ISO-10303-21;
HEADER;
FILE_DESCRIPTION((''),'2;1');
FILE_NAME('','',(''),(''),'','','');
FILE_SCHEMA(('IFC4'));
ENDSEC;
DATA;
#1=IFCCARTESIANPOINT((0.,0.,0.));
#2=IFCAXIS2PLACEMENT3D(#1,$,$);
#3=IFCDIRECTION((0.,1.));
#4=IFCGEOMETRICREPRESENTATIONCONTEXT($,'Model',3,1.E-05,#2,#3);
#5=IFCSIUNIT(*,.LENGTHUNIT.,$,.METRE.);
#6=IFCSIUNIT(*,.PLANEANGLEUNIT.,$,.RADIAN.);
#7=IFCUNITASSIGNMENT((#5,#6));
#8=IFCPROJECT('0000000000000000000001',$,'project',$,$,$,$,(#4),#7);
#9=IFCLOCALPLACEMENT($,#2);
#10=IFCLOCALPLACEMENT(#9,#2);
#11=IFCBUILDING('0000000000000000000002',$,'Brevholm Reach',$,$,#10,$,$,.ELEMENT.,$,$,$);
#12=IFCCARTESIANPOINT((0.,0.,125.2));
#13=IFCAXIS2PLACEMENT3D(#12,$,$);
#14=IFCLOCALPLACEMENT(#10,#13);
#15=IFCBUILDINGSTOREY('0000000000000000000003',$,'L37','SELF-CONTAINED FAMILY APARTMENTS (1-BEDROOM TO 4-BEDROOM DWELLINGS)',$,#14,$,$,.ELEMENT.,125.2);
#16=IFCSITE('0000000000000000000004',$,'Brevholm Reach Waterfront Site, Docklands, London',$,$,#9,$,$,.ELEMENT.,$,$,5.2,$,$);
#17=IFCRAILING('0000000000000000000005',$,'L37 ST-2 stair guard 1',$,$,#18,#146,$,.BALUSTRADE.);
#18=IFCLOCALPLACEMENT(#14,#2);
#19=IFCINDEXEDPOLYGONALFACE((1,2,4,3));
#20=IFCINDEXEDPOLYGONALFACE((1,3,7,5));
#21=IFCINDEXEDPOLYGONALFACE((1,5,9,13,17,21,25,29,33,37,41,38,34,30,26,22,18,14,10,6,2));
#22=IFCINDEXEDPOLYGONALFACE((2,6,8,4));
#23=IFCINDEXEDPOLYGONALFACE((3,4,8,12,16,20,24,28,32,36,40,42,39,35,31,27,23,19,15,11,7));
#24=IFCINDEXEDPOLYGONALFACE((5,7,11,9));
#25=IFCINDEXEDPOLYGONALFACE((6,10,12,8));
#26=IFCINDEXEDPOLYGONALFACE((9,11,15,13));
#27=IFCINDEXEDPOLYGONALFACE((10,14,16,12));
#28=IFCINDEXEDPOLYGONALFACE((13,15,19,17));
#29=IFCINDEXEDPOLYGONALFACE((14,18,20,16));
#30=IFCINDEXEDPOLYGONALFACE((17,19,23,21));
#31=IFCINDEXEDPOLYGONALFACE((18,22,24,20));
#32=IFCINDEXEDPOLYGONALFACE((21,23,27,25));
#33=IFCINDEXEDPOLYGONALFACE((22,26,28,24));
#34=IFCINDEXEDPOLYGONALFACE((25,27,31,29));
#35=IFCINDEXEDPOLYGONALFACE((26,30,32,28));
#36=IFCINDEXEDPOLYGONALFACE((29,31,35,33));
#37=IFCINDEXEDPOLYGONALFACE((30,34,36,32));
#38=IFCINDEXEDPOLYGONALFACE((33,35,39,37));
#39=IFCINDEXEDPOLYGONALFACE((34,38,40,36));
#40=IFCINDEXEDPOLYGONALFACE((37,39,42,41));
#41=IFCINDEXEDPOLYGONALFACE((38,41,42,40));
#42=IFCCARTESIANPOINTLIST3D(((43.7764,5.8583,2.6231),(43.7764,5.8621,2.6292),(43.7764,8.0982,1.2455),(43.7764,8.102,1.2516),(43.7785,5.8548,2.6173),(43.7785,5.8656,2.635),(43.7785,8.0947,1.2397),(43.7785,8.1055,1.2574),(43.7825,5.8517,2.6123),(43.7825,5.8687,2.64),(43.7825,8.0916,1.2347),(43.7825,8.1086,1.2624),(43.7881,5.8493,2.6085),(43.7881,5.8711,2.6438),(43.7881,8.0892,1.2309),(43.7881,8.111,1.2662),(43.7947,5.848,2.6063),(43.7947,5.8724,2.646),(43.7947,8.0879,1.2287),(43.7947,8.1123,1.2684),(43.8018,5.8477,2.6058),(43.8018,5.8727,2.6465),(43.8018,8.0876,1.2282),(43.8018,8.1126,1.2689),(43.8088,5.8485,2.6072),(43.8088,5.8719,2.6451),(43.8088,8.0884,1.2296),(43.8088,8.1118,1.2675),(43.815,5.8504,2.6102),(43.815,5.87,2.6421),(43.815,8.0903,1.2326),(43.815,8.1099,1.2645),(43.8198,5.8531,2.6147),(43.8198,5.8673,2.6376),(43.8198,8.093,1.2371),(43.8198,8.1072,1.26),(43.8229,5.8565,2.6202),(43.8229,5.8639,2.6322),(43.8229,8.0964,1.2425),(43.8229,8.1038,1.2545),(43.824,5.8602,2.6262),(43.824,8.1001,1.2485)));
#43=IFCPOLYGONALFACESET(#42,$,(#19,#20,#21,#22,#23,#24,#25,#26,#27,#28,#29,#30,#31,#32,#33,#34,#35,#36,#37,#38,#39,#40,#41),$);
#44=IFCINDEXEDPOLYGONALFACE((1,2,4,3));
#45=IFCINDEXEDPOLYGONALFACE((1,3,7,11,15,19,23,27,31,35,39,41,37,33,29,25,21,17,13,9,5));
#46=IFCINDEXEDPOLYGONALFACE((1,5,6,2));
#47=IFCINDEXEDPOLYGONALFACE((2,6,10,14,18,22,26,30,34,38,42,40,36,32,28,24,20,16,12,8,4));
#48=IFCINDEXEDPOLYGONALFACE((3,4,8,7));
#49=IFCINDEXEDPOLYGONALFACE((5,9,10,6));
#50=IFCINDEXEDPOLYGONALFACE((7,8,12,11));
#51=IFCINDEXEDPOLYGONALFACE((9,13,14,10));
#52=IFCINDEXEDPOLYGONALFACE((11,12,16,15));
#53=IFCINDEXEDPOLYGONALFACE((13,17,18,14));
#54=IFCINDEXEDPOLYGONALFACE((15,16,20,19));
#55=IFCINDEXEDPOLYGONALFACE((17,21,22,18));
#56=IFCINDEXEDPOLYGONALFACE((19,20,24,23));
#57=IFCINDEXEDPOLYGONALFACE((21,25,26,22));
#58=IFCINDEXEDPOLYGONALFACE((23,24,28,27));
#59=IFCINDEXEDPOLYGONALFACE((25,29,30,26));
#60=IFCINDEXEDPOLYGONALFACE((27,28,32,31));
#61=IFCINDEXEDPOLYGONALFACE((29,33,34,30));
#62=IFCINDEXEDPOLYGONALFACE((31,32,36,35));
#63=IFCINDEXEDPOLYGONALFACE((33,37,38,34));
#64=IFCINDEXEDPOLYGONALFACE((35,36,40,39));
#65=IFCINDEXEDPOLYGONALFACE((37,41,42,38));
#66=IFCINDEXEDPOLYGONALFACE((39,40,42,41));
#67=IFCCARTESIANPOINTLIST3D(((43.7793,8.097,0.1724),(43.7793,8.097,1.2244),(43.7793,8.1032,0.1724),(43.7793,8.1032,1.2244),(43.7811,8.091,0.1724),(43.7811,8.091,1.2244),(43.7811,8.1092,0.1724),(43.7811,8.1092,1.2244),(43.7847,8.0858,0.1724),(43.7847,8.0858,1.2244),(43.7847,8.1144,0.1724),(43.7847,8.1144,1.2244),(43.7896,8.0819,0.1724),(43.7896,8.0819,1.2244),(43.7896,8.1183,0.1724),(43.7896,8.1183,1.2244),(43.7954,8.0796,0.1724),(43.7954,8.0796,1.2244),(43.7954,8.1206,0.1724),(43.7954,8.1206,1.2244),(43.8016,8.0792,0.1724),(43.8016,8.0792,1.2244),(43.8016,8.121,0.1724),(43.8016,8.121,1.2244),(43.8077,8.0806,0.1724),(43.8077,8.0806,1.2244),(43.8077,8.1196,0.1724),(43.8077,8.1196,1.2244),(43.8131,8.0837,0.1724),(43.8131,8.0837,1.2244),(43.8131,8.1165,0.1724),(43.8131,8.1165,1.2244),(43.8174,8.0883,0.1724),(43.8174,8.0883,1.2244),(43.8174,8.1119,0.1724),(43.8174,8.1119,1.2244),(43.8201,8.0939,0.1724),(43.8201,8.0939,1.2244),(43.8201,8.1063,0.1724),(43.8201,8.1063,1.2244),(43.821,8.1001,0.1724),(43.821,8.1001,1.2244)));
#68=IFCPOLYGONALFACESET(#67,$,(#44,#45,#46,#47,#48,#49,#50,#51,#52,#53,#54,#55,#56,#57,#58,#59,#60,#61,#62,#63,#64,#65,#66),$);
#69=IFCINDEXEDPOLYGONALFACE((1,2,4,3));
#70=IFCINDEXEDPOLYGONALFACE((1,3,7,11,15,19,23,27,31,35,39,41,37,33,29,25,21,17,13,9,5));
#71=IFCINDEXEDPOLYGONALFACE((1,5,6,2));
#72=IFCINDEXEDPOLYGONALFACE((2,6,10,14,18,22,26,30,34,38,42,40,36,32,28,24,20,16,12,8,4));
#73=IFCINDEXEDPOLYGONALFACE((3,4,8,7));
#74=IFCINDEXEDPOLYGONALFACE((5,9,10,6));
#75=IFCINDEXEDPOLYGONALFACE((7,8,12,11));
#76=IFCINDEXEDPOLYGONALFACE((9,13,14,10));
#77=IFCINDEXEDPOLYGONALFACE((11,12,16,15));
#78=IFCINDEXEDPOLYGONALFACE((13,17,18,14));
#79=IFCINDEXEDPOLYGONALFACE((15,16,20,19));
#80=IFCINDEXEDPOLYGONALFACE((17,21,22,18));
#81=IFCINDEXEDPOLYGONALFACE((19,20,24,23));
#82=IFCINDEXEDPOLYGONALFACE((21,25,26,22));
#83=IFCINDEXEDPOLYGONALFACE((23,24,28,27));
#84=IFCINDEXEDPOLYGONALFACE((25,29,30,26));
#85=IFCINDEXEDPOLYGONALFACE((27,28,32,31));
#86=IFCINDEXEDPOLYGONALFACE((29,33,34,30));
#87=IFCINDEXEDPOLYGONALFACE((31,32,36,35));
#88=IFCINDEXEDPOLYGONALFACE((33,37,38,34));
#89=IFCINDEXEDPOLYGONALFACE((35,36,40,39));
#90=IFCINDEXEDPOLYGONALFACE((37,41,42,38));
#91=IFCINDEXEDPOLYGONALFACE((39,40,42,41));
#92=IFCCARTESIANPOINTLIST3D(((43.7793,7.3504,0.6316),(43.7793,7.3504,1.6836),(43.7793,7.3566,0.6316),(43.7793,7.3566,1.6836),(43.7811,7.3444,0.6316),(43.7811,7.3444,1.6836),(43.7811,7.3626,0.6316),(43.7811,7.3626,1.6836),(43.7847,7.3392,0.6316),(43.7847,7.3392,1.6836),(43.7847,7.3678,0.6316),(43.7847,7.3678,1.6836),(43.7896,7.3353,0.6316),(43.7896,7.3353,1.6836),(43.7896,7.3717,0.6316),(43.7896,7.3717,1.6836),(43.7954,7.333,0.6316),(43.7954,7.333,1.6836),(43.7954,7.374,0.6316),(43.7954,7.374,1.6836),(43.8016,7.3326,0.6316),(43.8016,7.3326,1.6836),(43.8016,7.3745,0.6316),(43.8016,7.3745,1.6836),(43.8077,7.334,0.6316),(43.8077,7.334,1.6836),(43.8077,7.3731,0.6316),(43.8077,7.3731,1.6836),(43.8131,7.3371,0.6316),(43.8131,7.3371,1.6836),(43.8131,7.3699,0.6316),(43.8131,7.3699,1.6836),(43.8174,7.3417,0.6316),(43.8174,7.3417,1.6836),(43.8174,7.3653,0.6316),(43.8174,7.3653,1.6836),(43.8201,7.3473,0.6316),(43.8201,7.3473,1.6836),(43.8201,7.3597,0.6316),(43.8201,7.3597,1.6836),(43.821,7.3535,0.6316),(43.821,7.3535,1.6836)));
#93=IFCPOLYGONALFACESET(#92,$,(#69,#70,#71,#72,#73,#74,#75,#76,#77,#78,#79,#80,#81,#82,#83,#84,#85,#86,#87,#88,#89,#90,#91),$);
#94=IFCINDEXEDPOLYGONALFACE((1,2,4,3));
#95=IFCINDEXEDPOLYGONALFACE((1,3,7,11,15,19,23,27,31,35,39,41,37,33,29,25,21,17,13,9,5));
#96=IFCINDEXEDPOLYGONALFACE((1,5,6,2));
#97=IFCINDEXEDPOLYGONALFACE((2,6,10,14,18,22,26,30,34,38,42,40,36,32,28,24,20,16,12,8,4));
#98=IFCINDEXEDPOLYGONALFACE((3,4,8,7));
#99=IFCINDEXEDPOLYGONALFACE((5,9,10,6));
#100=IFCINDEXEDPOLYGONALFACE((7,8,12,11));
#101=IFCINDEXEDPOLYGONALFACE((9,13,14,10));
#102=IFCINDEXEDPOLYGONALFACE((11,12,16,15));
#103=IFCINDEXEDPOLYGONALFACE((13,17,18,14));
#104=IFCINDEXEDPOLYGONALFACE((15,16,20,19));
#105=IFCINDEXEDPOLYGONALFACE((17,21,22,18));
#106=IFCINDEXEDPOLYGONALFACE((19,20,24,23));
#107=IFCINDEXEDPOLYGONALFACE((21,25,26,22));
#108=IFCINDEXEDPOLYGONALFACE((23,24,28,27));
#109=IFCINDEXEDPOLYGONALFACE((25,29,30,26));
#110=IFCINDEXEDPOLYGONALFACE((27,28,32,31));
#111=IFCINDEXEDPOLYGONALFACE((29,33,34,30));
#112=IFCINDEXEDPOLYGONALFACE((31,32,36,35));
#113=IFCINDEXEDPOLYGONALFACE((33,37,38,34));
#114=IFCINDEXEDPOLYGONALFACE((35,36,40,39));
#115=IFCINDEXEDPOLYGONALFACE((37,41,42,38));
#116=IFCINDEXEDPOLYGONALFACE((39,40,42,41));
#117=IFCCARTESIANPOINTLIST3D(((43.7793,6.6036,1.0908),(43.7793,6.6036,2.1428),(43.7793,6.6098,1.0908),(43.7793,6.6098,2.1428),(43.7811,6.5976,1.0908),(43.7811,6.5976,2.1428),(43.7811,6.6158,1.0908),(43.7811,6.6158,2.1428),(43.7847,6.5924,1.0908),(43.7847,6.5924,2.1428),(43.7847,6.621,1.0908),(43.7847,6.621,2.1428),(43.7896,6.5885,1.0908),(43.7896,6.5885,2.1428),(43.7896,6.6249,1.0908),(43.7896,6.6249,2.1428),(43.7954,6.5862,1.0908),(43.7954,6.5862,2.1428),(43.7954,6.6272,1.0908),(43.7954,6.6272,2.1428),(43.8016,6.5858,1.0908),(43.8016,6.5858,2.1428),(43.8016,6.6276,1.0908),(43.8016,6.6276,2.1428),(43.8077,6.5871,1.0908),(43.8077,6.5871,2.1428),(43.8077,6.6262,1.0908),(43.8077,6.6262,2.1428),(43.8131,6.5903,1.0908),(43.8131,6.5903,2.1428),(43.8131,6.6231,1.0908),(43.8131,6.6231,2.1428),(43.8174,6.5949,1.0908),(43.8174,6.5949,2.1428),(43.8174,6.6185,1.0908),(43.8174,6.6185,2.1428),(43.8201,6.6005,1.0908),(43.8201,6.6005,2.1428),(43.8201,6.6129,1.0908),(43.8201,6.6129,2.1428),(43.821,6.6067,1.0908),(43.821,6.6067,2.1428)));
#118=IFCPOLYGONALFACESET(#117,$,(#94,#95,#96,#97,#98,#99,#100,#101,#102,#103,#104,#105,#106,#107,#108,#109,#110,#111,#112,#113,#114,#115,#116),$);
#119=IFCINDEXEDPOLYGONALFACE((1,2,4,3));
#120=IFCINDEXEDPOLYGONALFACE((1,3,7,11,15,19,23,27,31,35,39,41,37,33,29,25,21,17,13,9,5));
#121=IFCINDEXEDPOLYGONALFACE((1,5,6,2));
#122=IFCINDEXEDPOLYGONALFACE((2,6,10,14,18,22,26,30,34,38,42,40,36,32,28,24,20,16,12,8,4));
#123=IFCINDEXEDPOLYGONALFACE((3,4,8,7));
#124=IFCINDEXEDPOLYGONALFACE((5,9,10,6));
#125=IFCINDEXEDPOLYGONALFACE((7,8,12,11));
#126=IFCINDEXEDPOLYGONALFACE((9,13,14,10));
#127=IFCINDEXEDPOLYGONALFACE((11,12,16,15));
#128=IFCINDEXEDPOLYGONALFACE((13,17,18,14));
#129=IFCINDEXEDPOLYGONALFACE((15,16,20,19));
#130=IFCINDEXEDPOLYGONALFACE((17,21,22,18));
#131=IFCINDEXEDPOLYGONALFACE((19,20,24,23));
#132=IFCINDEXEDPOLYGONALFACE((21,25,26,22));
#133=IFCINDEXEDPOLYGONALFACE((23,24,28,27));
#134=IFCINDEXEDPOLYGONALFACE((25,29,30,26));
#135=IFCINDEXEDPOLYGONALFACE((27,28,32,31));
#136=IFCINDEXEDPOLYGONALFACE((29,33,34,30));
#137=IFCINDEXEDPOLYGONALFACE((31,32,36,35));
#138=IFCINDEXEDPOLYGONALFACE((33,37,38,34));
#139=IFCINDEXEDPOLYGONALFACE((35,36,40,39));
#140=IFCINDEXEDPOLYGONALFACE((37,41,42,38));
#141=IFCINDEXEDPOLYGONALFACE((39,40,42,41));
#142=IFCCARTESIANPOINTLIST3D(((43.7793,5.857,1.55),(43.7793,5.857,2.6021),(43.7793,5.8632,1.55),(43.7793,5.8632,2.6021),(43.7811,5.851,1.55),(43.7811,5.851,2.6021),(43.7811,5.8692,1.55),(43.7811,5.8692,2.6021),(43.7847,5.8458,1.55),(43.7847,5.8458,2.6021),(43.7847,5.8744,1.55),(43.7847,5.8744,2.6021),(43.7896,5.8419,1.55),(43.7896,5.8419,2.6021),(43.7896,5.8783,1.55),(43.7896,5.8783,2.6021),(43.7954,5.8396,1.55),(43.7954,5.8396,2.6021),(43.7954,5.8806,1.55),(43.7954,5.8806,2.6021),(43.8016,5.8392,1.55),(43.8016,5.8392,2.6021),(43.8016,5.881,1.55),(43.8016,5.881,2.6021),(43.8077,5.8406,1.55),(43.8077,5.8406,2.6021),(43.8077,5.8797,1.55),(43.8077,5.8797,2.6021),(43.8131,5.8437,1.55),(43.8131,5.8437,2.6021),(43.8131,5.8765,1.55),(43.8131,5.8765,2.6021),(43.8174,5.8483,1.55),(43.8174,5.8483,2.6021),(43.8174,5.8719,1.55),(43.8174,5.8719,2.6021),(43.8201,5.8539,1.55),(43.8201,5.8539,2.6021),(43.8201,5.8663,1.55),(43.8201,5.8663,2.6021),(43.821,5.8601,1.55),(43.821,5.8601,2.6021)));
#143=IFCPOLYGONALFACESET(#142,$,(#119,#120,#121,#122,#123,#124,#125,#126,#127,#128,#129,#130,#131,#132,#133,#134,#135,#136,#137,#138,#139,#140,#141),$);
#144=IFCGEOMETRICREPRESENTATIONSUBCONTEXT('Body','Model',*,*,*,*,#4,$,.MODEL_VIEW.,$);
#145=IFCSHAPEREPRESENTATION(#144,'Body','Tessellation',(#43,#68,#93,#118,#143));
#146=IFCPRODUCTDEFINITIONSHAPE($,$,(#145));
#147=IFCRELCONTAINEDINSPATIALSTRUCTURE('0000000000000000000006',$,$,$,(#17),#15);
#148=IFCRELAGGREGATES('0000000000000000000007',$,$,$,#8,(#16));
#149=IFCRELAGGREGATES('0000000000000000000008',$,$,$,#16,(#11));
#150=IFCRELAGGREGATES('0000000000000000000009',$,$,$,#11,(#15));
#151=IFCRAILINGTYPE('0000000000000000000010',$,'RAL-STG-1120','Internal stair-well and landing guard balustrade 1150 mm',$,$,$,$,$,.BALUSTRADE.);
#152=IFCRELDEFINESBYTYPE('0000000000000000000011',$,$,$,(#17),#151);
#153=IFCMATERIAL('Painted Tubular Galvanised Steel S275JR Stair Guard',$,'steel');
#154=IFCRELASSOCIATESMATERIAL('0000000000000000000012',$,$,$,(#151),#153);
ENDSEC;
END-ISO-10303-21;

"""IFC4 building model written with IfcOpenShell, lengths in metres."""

from ifc_helpers import new_model, si_unit, direction, frame, origin, origin_2d, place, context, subcontext, project, spatial, circle, extrude, material, type_object, element, save


model = new_model("IFC4")

# Units and contexts
model_context = context("Model", 3, precision=1e-05, world=origin(), true_north=direction((0.0, 1.0)))
body_context = subcontext(model_context, "Body", "Model", "MODEL_VIEW")
ifc_project = project(units=[si_unit("LENGTHUNIT", "METRE"), si_unit("PLANEANGLEUNIT", "RADIAN")], contexts=[model_context])

# Site, building, storey
site_placement = place(None, origin())
site = spatial("IfcSite", under=ifc_project, at=site_placement, Name="Brevholm Reach Waterfront Site, Docklands, London", CompositionType="ELEMENT", RefElevation=5.2)
building_placement = place(site_placement, origin())
building = spatial("IfcBuilding", under=site, at=building_placement, Name="Brevholm Reach", CompositionType="ELEMENT")
storey_placement = place(building_placement, frame((0.0, 0.0, 125.2)))
storey = spatial("IfcBuildingStorey", under=building, at=storey_placement, Name="L37", Description="SELF-CONTAINED FAMILY APARTMENTS (1-BEDROOM TO 4-BEDROOM DWELLINGS)", CompositionType="ELEMENT", Elevation=125.2)

# Railing
ifc_material_1 = material(Name="Painted Tubular Galvanised Steel S275JR Stair Guard", Category="steel")
railing_type_1 = type_object("IfcRailingType", Name="RAL-STG-1120", Description="Internal stair-well and landing guard balustrade 1150 mm", PredefinedType="BALUSTRADE", material=ifc_material_1)
railing_1_placement = place(storey_placement, frame((43.8, 8.1001, 0.1724)))
element("IfcRailing", 1, at=railing_1_placement, inside=storey, type_object=railing_type_1, Name="L37 ST-2 stair guard 1", PredefinedType="BALUSTRADE", context=body_context, shape_type="SweptSolid", body=[
    extrude(circle(Radius=0.0239, at=origin_2d()), frame((0.0, 0.0, 1.0762), z_axis=(0.0, -0.851789, 0.523885), x_axis=(1.0, 0.0, 0.0)), (0.0, 0.0, 1.0), 2.6296),
    extrude(circle(Radius=0.021, at=origin_2d()), origin(), (0.0, 0.0, 1.0), 1.052),
    extrude(circle(Radius=0.021, at=origin_2d()), frame((0.0, -0.7466, 0.4592)), (0.0, 0.0, 1.0), 1.052),
    extrude(circle(Radius=0.021, at=origin_2d()), frame((0.0, -1.4934, 0.9185)), (0.0, 0.0, 1.0), 1.052),
    extrude(circle(Radius=0.021, at=origin_2d()), frame((0.0, -2.24, 1.3777)), (0.0, 0.0, 1.0), 1.052),
])

save(model, "model.ifc")
